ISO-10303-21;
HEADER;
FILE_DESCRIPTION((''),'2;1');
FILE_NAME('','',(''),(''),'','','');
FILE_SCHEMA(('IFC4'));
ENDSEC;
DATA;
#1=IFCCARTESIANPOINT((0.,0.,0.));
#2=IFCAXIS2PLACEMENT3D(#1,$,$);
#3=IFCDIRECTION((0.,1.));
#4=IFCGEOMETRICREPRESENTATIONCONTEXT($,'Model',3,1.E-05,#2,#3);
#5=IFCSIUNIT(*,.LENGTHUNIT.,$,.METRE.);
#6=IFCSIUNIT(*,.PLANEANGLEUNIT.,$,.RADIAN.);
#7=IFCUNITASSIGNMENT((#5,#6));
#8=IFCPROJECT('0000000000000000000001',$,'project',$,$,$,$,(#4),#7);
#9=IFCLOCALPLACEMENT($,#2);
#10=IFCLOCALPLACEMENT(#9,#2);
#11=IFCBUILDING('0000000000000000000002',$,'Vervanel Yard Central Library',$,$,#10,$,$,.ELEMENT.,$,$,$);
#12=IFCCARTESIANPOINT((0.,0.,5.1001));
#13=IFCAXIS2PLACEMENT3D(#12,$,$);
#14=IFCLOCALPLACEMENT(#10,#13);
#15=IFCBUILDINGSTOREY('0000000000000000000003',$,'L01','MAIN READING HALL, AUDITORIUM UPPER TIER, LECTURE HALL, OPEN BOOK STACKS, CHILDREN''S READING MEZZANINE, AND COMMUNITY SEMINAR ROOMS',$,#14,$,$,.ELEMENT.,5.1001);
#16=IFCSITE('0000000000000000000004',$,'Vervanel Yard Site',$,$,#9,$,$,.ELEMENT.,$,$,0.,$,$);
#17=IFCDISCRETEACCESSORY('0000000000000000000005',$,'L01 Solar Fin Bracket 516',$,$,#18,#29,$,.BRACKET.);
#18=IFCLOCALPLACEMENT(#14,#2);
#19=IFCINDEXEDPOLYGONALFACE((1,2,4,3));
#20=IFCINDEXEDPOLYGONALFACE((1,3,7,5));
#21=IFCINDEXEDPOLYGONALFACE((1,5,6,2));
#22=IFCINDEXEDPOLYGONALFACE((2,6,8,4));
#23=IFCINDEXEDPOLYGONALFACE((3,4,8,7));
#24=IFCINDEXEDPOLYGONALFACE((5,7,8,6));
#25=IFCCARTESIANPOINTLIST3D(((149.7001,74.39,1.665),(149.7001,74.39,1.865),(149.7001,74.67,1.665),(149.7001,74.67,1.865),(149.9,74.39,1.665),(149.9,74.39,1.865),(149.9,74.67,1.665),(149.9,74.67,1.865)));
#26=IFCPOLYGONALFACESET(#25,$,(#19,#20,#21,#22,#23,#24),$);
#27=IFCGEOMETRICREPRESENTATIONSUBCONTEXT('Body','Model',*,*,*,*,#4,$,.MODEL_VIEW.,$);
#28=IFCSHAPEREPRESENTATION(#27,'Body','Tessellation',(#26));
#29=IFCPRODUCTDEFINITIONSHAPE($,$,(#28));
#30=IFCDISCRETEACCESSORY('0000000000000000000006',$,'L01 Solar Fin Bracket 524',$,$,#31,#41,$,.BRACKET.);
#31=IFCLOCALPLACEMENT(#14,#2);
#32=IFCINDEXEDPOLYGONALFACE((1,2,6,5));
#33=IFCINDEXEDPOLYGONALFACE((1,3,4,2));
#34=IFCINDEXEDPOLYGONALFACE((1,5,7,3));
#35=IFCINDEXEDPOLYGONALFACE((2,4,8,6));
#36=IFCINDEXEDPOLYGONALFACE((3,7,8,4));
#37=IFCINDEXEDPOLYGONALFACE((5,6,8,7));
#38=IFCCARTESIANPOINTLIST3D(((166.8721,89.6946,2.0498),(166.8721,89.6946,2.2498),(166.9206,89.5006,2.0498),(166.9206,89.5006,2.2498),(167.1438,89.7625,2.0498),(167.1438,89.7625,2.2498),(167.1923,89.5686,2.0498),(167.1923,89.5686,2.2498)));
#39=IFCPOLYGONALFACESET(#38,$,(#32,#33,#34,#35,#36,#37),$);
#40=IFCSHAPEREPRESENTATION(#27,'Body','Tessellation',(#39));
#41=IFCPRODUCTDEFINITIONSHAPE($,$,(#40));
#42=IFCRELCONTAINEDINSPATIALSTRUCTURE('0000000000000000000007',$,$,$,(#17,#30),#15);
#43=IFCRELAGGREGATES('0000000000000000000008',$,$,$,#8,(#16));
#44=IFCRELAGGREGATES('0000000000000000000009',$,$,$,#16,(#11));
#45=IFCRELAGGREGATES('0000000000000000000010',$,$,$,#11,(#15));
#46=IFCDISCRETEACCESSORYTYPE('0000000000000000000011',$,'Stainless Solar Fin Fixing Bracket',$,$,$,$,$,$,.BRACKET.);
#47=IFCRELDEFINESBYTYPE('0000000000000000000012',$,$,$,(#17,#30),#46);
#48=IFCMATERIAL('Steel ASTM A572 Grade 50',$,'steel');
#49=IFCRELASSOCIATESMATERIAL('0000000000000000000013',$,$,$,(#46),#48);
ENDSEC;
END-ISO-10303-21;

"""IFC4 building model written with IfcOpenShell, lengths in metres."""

from ifc_helpers import new_model, si_unit, direction, frame, origin, origin_2d, place, context, subcontext, project, spatial, rectangle, extrude, material, type_object, element, save


model = new_model("IFC4")

# Units and contexts
model_context = context("Model", 3, precision=1e-05, world=origin(), true_north=direction((0.0, 1.0)))
body_context = subcontext(model_context, "Body", "Model", "MODEL_VIEW")
ifc_project = project(units=[si_unit("LENGTHUNIT", "METRE"), si_unit("PLANEANGLEUNIT", "RADIAN")], contexts=[model_context])

# Site, building, storey
site_placement = place(None, origin())
site = spatial("IfcSite", under=ifc_project, at=site_placement, Name="Vervanel Yard Site", CompositionType="ELEMENT", RefElevation=0.0)
building_placement = place(site_placement, origin())
building = spatial("IfcBuilding", under=site, at=building_placement, Name="Vervanel Yard Central Library", CompositionType="ELEMENT")
storey_placement = place(building_placement, frame((0.0, 0.0, 5.1001)))
storey = spatial("IfcBuildingStorey", under=building, at=storey_placement, Name="L01", Description="MAIN READING HALL, AUDITORIUM UPPER TIER, LECTURE HALL, OPEN BOOK STACKS, CHILDREN'S READING MEZZANINE, AND COMMUNITY SEMINAR ROOMS", CompositionType="ELEMENT", Elevation=5.1001)

# Discrete accessories
ifc_material_1 = material(Name="Steel ASTM A572 Grade 50", Category="steel")
discrete_accessory_type = type_object("IfcDiscreteAccessoryType", Name="Stainless Solar Fin Fixing Bracket", PredefinedType="BRACKET", material=ifc_material_1)
for number, where, z_axis, x_axis, name in (
    (1, (149.8, 74.53, 1.665), (0.0, 0.0, 1.0), (1.0, 0.0, 0.0), "L01 Solar Fin Bracket 516"),
    (2, (167.0322, 89.6316, 2.0498), (0.0, 0.0, 1.0), (-0.242535, 0.970143, 0.0), "L01 Solar Fin Bracket 524"),
):
    element("IfcDiscreteAccessory", number, at=place(storey_placement, frame(where, z_axis=z_axis, x_axis=x_axis)), inside=storey, type_object=discrete_accessory_type, Name=name, PredefinedType="BRACKET", context=body_context, shape_type="SweptSolid", body=[
        extrude(rectangle(XDim=0.2, YDim=0.28, at=origin_2d()), origin(), (0.0, 0.0, 1.0), 0.2),
    ])

save(model, "model.ifc")
